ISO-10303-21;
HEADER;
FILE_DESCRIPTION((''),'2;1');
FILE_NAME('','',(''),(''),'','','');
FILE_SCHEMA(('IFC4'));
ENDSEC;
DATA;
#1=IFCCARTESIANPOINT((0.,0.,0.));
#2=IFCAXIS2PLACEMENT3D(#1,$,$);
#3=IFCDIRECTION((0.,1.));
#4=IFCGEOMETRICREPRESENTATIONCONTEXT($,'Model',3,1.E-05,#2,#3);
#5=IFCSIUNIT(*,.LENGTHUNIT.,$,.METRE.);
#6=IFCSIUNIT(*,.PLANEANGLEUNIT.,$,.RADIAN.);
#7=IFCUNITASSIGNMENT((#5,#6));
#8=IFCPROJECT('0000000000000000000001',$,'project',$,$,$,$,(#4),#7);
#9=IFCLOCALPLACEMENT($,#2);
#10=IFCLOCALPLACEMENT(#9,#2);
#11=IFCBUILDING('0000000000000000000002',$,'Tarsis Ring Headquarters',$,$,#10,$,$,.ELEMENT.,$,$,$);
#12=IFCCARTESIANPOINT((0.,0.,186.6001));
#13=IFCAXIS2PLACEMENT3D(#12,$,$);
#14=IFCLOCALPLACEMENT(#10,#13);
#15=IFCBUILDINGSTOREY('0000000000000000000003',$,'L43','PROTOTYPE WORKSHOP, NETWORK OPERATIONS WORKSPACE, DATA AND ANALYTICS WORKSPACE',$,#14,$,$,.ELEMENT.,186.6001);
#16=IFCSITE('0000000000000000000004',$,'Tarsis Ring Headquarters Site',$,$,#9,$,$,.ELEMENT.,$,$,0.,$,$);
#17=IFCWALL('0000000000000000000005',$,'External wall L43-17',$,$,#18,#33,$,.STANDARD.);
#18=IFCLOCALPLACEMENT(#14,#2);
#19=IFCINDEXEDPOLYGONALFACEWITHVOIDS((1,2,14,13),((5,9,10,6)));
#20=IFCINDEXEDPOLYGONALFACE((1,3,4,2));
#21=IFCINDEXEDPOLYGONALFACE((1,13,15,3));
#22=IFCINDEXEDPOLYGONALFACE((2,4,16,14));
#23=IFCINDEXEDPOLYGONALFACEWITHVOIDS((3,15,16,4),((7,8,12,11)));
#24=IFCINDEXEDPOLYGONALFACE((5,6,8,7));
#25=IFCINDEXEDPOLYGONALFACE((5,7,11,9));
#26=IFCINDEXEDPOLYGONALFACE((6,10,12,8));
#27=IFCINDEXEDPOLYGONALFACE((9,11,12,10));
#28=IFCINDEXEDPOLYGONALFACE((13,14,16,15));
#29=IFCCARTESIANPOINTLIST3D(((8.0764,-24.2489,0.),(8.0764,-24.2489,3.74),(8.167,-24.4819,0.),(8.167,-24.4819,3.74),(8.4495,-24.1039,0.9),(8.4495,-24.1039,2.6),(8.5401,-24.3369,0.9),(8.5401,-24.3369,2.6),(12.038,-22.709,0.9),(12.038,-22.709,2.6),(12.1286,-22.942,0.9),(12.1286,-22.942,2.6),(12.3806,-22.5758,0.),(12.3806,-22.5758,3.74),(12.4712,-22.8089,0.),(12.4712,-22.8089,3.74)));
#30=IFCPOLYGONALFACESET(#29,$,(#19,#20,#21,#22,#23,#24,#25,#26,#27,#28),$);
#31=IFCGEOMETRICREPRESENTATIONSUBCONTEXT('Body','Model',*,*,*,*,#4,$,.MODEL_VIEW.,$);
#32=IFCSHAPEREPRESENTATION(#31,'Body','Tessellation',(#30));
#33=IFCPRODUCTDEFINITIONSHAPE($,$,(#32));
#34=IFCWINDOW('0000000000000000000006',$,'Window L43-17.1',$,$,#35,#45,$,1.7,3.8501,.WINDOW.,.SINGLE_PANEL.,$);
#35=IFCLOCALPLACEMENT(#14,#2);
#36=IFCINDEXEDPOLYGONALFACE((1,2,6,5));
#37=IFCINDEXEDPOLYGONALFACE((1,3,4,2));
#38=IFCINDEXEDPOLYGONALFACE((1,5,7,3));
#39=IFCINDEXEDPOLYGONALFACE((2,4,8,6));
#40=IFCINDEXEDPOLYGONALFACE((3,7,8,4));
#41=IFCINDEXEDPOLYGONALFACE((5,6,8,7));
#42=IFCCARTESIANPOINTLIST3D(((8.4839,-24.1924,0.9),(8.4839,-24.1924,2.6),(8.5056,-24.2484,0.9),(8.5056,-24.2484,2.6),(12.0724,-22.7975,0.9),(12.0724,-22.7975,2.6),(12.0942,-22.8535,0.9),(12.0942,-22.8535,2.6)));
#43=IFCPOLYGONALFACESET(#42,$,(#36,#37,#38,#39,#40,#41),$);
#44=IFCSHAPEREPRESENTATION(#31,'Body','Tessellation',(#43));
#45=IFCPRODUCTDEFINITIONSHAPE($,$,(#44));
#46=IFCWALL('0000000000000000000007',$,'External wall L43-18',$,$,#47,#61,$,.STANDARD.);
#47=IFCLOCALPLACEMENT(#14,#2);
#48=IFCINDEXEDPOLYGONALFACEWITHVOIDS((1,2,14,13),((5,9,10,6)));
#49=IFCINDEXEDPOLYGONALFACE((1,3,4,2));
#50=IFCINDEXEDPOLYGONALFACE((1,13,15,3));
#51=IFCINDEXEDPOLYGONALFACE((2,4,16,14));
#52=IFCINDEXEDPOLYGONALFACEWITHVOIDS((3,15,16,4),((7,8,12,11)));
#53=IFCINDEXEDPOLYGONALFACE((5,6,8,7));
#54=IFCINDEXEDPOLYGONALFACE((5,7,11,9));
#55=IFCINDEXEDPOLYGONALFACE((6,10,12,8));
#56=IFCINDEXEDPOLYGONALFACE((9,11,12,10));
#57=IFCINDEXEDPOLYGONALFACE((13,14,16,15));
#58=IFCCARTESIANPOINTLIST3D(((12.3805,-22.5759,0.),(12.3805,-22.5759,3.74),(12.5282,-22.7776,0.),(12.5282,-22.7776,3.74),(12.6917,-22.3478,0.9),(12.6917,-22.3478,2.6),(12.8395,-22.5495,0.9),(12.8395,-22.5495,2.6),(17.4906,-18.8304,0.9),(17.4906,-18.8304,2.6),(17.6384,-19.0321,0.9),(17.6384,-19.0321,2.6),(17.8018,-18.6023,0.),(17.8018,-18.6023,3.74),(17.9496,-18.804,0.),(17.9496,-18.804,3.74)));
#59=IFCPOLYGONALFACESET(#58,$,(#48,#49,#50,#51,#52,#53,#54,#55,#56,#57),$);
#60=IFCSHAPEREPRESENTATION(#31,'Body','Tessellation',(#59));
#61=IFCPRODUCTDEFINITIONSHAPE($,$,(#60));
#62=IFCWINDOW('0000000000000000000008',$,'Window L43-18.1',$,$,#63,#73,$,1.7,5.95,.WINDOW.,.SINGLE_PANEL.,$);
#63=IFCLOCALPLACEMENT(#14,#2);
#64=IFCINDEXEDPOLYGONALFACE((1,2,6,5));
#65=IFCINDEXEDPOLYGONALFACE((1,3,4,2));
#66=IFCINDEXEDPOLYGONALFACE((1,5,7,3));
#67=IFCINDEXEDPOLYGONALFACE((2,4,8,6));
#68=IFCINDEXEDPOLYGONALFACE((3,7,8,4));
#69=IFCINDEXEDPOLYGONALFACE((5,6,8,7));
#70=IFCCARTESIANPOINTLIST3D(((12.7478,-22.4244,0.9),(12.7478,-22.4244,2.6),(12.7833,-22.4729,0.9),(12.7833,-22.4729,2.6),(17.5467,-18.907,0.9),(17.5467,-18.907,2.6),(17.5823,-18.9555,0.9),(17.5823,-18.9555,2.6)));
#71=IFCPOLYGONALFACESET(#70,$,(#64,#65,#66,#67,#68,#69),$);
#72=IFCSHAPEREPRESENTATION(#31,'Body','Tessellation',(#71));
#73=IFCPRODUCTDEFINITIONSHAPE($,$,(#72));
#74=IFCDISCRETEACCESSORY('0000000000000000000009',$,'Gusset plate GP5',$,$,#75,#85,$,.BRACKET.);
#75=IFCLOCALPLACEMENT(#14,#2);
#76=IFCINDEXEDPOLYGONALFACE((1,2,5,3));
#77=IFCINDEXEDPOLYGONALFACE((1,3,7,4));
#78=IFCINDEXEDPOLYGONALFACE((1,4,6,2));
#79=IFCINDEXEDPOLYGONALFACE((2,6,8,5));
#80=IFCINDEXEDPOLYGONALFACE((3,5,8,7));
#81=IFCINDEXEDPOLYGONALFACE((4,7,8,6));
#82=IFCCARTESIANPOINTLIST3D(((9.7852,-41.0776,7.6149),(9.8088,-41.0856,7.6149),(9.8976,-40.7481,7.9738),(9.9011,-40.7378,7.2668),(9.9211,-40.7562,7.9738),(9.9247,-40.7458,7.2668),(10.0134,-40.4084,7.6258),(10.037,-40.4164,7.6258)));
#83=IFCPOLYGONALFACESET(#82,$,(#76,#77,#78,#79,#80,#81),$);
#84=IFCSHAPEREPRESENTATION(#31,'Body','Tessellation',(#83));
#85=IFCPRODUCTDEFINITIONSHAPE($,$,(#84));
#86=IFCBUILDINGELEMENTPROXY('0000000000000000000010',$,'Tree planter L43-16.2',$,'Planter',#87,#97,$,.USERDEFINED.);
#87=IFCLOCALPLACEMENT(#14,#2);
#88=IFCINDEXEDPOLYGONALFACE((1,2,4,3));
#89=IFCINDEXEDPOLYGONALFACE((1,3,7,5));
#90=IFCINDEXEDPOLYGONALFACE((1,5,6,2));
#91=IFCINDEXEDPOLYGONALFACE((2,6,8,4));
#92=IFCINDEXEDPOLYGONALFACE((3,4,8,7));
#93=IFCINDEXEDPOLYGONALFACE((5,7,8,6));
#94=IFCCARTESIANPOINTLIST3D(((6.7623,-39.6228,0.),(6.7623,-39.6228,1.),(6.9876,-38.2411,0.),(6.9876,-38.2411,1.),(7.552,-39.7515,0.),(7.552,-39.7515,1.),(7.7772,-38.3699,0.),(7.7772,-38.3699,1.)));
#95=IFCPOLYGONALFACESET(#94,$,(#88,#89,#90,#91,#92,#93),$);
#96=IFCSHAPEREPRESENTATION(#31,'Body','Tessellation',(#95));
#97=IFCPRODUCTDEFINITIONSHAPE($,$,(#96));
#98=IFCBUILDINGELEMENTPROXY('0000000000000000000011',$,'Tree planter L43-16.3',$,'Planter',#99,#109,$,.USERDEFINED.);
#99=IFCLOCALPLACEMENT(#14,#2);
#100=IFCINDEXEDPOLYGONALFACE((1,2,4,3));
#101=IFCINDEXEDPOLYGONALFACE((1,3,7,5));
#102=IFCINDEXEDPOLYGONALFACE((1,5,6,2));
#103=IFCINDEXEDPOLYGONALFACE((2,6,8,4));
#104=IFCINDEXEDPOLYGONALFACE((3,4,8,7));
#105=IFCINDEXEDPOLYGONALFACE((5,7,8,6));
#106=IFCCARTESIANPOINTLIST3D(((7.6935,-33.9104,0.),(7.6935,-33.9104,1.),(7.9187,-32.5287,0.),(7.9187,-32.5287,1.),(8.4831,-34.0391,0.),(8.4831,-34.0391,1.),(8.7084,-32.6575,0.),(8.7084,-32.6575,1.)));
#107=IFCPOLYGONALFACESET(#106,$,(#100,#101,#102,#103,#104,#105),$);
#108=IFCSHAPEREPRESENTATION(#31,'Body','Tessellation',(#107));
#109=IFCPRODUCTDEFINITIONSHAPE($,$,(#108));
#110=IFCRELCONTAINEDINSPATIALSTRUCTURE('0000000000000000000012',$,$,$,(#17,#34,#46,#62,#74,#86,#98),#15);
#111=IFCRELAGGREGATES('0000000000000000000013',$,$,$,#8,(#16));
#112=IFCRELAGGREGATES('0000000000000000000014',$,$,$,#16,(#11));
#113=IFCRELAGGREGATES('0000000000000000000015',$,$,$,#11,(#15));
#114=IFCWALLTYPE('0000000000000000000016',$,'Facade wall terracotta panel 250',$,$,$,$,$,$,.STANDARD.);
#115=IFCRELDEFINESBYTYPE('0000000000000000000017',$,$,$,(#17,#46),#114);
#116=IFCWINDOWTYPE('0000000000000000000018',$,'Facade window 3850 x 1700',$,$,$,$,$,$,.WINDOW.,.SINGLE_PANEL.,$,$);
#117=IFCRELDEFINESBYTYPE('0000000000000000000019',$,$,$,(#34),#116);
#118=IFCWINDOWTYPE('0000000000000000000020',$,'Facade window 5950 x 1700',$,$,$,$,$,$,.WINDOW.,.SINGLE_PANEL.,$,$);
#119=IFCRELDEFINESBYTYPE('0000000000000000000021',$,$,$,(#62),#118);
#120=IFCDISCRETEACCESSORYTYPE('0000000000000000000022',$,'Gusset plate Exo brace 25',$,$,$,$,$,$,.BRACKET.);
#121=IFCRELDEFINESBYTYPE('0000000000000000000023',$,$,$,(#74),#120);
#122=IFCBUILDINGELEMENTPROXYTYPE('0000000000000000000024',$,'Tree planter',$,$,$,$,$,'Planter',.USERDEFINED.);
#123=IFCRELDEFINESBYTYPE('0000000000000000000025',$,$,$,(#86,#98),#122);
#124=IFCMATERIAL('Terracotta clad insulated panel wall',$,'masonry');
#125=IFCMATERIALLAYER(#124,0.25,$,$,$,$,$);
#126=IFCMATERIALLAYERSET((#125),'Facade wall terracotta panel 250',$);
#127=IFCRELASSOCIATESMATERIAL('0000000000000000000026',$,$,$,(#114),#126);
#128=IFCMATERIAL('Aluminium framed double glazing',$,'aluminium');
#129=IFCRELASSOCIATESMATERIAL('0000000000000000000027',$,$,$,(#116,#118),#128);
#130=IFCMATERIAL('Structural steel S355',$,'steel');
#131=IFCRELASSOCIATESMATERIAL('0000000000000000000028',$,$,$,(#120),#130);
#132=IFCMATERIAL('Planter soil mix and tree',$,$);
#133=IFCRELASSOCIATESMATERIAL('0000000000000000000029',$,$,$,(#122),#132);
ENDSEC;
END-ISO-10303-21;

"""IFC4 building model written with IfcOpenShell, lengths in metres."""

from ifc_helpers import new_model, si_unit, direction, frame, frame_2d, origin, origin_2d, place, context, subcontext, project, spatial, rectangle, extrude, material, layer, layer_set, material_profile, profile_set, type_object, element, fill, save


model = new_model("IFC4")

# Units and contexts
model_context = context("Model", 3, precision=1e-05, world=origin(), true_north=direction((0.0, 1.0)))
body_context = subcontext(model_context, "Body", "Model", "MODEL_VIEW")
ifc_project = project(units=[si_unit("LENGTHUNIT", "METRE"), si_unit("PLANEANGLEUNIT", "RADIAN")], contexts=[model_context])

# Site, building, storey
site_placement = place(None, origin())
site = spatial("IfcSite", under=ifc_project, at=site_placement, Name="Tarsis Ring Headquarters Site", CompositionType="ELEMENT", RefElevation=0.0)
building_placement = place(site_placement, origin())
building = spatial("IfcBuilding", under=site, at=building_placement, Name="Tarsis Ring Headquarters", CompositionType="ELEMENT")
storey_placement = place(building_placement, frame((0.0, 0.0, 186.6001)))
storey = spatial("IfcBuildingStorey", under=building, at=storey_placement, Name="L43", Description="PROTOTYPE WORKSHOP, NETWORK OPERATIONS WORKSPACE, DATA AND ANALYTICS WORKSPACE", CompositionType="ELEMENT", Elevation=186.6001)

# Shared definitions
ifc_material_1 = material(Name="Structural steel S355", Category="steel")

# Walls, openings, windows
ifc_material_2 = material(Name="Terracotta clad insulated panel wall", Category="masonry")
ifc_layer_1 = layer(ifc_material_2, 0.25)
ifc_layer_set_1 = layer_set([ifc_layer_1], Name="Facade wall terracotta panel 250")
wall_type_1 = type_object("IfcWallType", Name="Facade wall terracotta panel 250", PredefinedType="STANDARD", material=ifc_layer_set_1)
wall_1_placement = place(storey_placement, frame((8.1216, -24.3655, 0.0), z_axis=(0.0, 0.0, 1.0), x_axis=(0.93206, 0.362303, 0.0)))
wall_1 = element("IfcWall", 1, at=wall_1_placement, inside=storey, type_object=wall_type_1, Name="External wall L43-17", PredefinedType="STANDARD", context=body_context, shape_type="SweptSolid", body=[
    extrude(rectangle(XDim=4.6179, YDim=0.25, at=frame_2d((2.3091, 0.0))), origin(), (0.0, 0.0, 1.0), 3.74),
])
opening_1_placement = place(wall_1_placement, frame((0.4004, 0.0, 0.8999)))
opening_1 = element("IfcOpeningElement", 2, at=opening_1_placement, cuts=wall_1, PredefinedType="OPENING", context=body_context, shape_type="SweptSolid", body=[
    extrude(rectangle(XDim=3.8501, YDim=1.7, at=frame_2d((1.925, 0.8501))), frame((0.0, 0.135, 0.0), z_axis=(0.0, -1.0, 0.0), x_axis=(1.0, 0.0, 0.0)), (0.0, 0.0, 1.0), 0.27),
])
ifc_material_3 = material(Name="Aluminium framed double glazing", Category="aluminium")
window_type_1 = type_object("IfcWindowType", Name="Facade window 3850 x 1700", PartitioningType="SINGLE_PANEL", PredefinedType="WINDOW", material=ifc_material_3)
window_1_placement = place(opening_1_placement, origin())
window_1 = element("IfcWindow", 3, at=window_1_placement, inside=storey, type_object=window_type_1, Name="Window L43-17.1", OverallHeight=1.7, OverallWidth=3.8501, PartitioningType="SINGLE_PANEL", PredefinedType="WINDOW", context=body_context, shape_type="SweptSolid", body=[
    extrude(rectangle(XDim=3.8501, YDim=1.7, at=frame_2d((1.925, 0.8501))), frame((0.0, 0.03, 0.0), z_axis=(0.0, -1.0, 0.0), x_axis=(1.0, 0.0, 0.0)), (0.0, 0.0, 1.0), 0.0601),
])
fill(opening_1, window_1)
wall_2_placement = place(storey_placement, frame((12.4543, -22.6768, 0.0), z_axis=(0.0, 0.0, 1.0), x_axis=(0.80655, 0.591165, 0.0)))
wall_2 = element("IfcWall", 4, at=wall_2_placement, inside=storey, type_object=wall_type_1, Name="External wall L43-18", PredefinedType="STANDARD", context=body_context, shape_type="SweptSolid", body=[
    extrude(rectangle(XDim=6.7217, YDim=0.25, at=frame_2d((3.3608, 0.0))), origin(), (0.0, 0.0, 1.0), 3.74),
])
opening_2_placement = place(wall_2_placement, frame((0.3857, 0.0, 0.8999)))
opening_2 = element("IfcOpeningElement", 5, at=opening_2_placement, cuts=wall_2, PredefinedType="OPENING", context=body_context, shape_type="SweptSolid", body=[
    extrude(rectangle(XDim=5.95, YDim=1.7, at=frame_2d((2.9751, 0.8501))), frame((0.0, 0.135, 0.0), z_axis=(0.0, -1.0, 0.0), x_axis=(1.0, 0.0, 0.0)), (0.0, 0.0, 1.0), 0.27),
])
window_type_2 = type_object("IfcWindowType", Name="Facade window 5950 x 1700", PartitioningType="SINGLE_PANEL", PredefinedType="WINDOW", material=ifc_material_3)
window_2_placement = place(opening_2_placement, origin())
window_2 = element("IfcWindow", 6, at=window_2_placement, inside=storey, type_object=window_type_2, Name="Window L43-18.1", OverallHeight=1.7, OverallWidth=5.95, PartitioningType="SINGLE_PANEL", PredefinedType="WINDOW", context=body_context, shape_type="SweptSolid", body=[
    extrude(rectangle(XDim=5.95, YDim=1.7, at=frame_2d((2.9751, 0.8501))), frame((0.0, 0.03, 0.0), z_axis=(0.0, -1.0, 0.0), x_axis=(1.0, 0.0, 0.0)), (0.0, 0.0, 1.0), 0.0601),
])
fill(opening_2, window_2)

# Discrete accessory
ifc_material_profile_1 = material_profile(ifc_material_1, rectangle(XDim=0.0249, YDim=0.5, at=origin_2d()), Name="PL 25x500")
ifc_profile_set_1 = profile_set([ifc_material_profile_1], Name="Structural steel S355")
discrete_accessory_type = type_object("IfcDiscreteAccessoryType", Name="Gusset plate Exo brace 25", PredefinedType="BRACKET", material=ifc_profile_set_1)
discrete_accessory_placement = place(storey_placement, frame((9.9673, -40.5823, 7.7998), z_axis=(-0.224663, -0.658849, -0.717945), x_axis=(0.946486, -0.322745, 0.0)))
element("IfcDiscreteAccessory", 7, at=discrete_accessory_placement, inside=storey, type_object=discrete_accessory_type, Name="Gusset plate GP5", PredefinedType="BRACKET", context=body_context, shape_type="SweptSolid", body=[
    extrude(rectangle(XDim=0.0249, YDim=0.5, at=origin_2d()), origin(), (0.0, 0.0, 1.0), 0.5),
])

# Building element proxies
ifc_material_4 = material(Name="Planter soil mix and tree")
building_element_proxy_type = type_object("IfcBuildingElementProxyType", Name="Tree planter", ElementType="Planter", PredefinedType="USERDEFINED", material=ifc_material_4)
for number, where, z_axis, x_axis, name in (
    (8, (7.2698, -38.9963, 0.0), (0.0, 0.0, 1.0), (0.160915, 0.986968, 0.0), "Tree planter L43-16.2"),
    (9, (8.2009, -33.2839, 0.0), (0.0, 0.0, 1.0), (0.160915, 0.986968, 0.0), "Tree planter L43-16.3"),
):
    element("IfcBuildingElementProxy", number, at=place(storey_placement, frame(where, z_axis=z_axis, x_axis=x_axis)), inside=storey, type_object=building_element_proxy_type, Name=name, ObjectType="Planter", PredefinedType="USERDEFINED", context=body_context, shape_type="SweptSolid", body=[
        extrude(rectangle(XDim=1.3999, YDim=0.8, at=origin_2d()), origin(), (0.0, 0.0, 1.0), 1.0),
    ])

save(model, "model.ifc")
